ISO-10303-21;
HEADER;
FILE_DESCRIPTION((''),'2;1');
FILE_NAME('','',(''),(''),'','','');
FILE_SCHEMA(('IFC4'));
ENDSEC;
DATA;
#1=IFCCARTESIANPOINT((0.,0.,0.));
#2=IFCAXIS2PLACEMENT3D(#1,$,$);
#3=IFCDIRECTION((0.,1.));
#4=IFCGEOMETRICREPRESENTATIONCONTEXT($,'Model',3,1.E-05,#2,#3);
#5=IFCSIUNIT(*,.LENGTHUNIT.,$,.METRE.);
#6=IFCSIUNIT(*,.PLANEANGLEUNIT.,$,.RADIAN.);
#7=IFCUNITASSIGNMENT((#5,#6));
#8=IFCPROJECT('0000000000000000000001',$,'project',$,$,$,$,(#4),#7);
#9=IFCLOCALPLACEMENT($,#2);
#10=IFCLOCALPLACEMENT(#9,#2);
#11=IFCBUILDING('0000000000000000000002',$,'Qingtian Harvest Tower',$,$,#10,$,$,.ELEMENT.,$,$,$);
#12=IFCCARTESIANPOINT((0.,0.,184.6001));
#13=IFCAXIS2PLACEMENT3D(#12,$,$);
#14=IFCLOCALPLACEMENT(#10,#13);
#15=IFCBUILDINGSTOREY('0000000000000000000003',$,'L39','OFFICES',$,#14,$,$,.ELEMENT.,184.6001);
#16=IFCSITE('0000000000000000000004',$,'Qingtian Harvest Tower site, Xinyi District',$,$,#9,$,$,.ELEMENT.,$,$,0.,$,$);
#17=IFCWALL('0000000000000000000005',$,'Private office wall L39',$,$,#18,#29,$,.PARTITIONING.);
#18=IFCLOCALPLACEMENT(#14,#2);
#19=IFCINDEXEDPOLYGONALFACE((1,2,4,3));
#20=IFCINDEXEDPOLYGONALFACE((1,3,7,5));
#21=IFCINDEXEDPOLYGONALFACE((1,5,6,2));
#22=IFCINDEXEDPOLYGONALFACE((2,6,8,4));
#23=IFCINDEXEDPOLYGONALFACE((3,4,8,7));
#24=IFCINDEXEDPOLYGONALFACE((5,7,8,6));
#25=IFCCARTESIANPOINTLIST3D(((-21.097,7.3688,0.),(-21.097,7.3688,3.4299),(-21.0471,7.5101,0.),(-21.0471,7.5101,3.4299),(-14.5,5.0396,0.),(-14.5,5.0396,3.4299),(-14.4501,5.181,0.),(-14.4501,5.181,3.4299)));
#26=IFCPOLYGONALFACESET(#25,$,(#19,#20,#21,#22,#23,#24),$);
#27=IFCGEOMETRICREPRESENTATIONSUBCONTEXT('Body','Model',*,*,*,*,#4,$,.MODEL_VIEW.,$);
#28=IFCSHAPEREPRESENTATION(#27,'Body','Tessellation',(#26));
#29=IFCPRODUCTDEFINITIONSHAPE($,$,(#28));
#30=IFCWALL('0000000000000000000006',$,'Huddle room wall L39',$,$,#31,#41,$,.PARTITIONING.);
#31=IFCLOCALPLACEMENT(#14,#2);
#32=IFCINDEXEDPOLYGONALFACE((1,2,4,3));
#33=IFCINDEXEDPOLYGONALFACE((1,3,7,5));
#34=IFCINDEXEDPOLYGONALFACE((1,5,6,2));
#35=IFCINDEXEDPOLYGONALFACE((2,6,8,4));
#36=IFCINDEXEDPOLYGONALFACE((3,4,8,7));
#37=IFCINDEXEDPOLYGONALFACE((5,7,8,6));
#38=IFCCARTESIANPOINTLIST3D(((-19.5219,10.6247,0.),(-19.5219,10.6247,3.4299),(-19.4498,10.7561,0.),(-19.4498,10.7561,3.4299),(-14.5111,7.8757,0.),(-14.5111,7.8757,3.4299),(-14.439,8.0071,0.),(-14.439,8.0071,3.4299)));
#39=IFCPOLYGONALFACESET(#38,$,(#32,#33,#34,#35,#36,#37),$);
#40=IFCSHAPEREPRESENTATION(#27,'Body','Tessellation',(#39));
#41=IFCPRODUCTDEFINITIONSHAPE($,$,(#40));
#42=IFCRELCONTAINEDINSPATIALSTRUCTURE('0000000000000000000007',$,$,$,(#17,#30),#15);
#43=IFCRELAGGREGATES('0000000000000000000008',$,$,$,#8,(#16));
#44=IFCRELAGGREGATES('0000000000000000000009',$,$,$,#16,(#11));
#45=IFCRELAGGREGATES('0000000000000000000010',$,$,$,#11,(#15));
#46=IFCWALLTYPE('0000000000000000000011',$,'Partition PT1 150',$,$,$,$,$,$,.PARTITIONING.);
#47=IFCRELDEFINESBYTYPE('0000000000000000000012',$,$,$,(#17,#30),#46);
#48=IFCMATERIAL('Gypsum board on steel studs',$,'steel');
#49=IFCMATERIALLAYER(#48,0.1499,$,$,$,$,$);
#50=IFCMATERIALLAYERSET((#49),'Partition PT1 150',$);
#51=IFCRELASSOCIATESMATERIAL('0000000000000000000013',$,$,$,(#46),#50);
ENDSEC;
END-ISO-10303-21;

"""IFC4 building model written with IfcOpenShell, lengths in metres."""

from ifc_helpers import new_model, si_unit, direction, frame, frame_2d, origin, place, context, subcontext, project, spatial, rectangle, extrude, material, layer, layer_set, type_object, element, save


model = new_model("IFC4")

# Units and contexts
model_context = context("Model", 3, precision=1e-05, world=origin(), true_north=direction((0.0, 1.0)))
body_context = subcontext(model_context, "Body", "Model", "MODEL_VIEW")
ifc_project = project(units=[si_unit("LENGTHUNIT", "METRE"), si_unit("PLANEANGLEUNIT", "RADIAN")], contexts=[model_context])

# Site, building, storey
site_placement = place(None, origin())
site = spatial("IfcSite", under=ifc_project, at=site_placement, Name="Qingtian Harvest Tower site, Xinyi District", CompositionType="ELEMENT", RefElevation=0.0)
building_placement = place(site_placement, origin())
building = spatial("IfcBuilding", under=site, at=building_placement, Name="Qingtian Harvest Tower", CompositionType="ELEMENT")
storey_placement = place(building_placement, frame((0.0, 0.0, 184.6001)))
storey = spatial("IfcBuildingStorey", under=building, at=storey_placement, Name="L39", Description="OFFICES", CompositionType="ELEMENT", Elevation=184.6001)

# Shared definitions
ifc_material_1 = material(Name="Gypsum board on steel studs", Category="steel")
ifc_layer_1 = layer(ifc_material_1, 0.1499)
ifc_layer_set_1 = layer_set([ifc_layer_1], Name="Partition PT1 150")
wall_type = type_object("IfcWallType", Name="Partition PT1 150", PredefinedType="PARTITIONING", material=ifc_layer_set_1)

# Wall
wall_1_placement = place(storey_placement, frame((-21.072, 7.4395, 0.0), z_axis=(0.0, 0.0, 1.0), x_axis=(0.942956, -0.332919, 0.0)))
element("IfcWall", 1, at=wall_1_placement, inside=storey, type_object=wall_type, Name="Private office wall L39", PredefinedType="PARTITIONING", context=body_context, shape_type="SweptSolid", body=[
    extrude(rectangle(XDim=6.9961, YDim=0.1499, at=frame_2d((3.498, 0.0))), origin(), (0.0, 0.0, 1.0), 3.4299),
])

# Wall
wall_2_placement = place(storey_placement, frame((-19.4858, 10.6904, 0.0), z_axis=(0.0, 0.0, 1.0), x_axis=(0.876724, -0.480994, 0.0)))
element("IfcWall", 2, at=wall_2_placement, inside=storey, type_object=wall_type, Name="Huddle room wall L39", PredefinedType="PARTITIONING", context=body_context, shape_type="SweptSolid", body=[
    extrude(rectangle(XDim=5.7153, YDim=0.1499, at=frame_2d((2.8577, 0.0))), origin(), (0.0, 0.0, 1.0), 3.4299),
])

save(model, "model.ifc")
